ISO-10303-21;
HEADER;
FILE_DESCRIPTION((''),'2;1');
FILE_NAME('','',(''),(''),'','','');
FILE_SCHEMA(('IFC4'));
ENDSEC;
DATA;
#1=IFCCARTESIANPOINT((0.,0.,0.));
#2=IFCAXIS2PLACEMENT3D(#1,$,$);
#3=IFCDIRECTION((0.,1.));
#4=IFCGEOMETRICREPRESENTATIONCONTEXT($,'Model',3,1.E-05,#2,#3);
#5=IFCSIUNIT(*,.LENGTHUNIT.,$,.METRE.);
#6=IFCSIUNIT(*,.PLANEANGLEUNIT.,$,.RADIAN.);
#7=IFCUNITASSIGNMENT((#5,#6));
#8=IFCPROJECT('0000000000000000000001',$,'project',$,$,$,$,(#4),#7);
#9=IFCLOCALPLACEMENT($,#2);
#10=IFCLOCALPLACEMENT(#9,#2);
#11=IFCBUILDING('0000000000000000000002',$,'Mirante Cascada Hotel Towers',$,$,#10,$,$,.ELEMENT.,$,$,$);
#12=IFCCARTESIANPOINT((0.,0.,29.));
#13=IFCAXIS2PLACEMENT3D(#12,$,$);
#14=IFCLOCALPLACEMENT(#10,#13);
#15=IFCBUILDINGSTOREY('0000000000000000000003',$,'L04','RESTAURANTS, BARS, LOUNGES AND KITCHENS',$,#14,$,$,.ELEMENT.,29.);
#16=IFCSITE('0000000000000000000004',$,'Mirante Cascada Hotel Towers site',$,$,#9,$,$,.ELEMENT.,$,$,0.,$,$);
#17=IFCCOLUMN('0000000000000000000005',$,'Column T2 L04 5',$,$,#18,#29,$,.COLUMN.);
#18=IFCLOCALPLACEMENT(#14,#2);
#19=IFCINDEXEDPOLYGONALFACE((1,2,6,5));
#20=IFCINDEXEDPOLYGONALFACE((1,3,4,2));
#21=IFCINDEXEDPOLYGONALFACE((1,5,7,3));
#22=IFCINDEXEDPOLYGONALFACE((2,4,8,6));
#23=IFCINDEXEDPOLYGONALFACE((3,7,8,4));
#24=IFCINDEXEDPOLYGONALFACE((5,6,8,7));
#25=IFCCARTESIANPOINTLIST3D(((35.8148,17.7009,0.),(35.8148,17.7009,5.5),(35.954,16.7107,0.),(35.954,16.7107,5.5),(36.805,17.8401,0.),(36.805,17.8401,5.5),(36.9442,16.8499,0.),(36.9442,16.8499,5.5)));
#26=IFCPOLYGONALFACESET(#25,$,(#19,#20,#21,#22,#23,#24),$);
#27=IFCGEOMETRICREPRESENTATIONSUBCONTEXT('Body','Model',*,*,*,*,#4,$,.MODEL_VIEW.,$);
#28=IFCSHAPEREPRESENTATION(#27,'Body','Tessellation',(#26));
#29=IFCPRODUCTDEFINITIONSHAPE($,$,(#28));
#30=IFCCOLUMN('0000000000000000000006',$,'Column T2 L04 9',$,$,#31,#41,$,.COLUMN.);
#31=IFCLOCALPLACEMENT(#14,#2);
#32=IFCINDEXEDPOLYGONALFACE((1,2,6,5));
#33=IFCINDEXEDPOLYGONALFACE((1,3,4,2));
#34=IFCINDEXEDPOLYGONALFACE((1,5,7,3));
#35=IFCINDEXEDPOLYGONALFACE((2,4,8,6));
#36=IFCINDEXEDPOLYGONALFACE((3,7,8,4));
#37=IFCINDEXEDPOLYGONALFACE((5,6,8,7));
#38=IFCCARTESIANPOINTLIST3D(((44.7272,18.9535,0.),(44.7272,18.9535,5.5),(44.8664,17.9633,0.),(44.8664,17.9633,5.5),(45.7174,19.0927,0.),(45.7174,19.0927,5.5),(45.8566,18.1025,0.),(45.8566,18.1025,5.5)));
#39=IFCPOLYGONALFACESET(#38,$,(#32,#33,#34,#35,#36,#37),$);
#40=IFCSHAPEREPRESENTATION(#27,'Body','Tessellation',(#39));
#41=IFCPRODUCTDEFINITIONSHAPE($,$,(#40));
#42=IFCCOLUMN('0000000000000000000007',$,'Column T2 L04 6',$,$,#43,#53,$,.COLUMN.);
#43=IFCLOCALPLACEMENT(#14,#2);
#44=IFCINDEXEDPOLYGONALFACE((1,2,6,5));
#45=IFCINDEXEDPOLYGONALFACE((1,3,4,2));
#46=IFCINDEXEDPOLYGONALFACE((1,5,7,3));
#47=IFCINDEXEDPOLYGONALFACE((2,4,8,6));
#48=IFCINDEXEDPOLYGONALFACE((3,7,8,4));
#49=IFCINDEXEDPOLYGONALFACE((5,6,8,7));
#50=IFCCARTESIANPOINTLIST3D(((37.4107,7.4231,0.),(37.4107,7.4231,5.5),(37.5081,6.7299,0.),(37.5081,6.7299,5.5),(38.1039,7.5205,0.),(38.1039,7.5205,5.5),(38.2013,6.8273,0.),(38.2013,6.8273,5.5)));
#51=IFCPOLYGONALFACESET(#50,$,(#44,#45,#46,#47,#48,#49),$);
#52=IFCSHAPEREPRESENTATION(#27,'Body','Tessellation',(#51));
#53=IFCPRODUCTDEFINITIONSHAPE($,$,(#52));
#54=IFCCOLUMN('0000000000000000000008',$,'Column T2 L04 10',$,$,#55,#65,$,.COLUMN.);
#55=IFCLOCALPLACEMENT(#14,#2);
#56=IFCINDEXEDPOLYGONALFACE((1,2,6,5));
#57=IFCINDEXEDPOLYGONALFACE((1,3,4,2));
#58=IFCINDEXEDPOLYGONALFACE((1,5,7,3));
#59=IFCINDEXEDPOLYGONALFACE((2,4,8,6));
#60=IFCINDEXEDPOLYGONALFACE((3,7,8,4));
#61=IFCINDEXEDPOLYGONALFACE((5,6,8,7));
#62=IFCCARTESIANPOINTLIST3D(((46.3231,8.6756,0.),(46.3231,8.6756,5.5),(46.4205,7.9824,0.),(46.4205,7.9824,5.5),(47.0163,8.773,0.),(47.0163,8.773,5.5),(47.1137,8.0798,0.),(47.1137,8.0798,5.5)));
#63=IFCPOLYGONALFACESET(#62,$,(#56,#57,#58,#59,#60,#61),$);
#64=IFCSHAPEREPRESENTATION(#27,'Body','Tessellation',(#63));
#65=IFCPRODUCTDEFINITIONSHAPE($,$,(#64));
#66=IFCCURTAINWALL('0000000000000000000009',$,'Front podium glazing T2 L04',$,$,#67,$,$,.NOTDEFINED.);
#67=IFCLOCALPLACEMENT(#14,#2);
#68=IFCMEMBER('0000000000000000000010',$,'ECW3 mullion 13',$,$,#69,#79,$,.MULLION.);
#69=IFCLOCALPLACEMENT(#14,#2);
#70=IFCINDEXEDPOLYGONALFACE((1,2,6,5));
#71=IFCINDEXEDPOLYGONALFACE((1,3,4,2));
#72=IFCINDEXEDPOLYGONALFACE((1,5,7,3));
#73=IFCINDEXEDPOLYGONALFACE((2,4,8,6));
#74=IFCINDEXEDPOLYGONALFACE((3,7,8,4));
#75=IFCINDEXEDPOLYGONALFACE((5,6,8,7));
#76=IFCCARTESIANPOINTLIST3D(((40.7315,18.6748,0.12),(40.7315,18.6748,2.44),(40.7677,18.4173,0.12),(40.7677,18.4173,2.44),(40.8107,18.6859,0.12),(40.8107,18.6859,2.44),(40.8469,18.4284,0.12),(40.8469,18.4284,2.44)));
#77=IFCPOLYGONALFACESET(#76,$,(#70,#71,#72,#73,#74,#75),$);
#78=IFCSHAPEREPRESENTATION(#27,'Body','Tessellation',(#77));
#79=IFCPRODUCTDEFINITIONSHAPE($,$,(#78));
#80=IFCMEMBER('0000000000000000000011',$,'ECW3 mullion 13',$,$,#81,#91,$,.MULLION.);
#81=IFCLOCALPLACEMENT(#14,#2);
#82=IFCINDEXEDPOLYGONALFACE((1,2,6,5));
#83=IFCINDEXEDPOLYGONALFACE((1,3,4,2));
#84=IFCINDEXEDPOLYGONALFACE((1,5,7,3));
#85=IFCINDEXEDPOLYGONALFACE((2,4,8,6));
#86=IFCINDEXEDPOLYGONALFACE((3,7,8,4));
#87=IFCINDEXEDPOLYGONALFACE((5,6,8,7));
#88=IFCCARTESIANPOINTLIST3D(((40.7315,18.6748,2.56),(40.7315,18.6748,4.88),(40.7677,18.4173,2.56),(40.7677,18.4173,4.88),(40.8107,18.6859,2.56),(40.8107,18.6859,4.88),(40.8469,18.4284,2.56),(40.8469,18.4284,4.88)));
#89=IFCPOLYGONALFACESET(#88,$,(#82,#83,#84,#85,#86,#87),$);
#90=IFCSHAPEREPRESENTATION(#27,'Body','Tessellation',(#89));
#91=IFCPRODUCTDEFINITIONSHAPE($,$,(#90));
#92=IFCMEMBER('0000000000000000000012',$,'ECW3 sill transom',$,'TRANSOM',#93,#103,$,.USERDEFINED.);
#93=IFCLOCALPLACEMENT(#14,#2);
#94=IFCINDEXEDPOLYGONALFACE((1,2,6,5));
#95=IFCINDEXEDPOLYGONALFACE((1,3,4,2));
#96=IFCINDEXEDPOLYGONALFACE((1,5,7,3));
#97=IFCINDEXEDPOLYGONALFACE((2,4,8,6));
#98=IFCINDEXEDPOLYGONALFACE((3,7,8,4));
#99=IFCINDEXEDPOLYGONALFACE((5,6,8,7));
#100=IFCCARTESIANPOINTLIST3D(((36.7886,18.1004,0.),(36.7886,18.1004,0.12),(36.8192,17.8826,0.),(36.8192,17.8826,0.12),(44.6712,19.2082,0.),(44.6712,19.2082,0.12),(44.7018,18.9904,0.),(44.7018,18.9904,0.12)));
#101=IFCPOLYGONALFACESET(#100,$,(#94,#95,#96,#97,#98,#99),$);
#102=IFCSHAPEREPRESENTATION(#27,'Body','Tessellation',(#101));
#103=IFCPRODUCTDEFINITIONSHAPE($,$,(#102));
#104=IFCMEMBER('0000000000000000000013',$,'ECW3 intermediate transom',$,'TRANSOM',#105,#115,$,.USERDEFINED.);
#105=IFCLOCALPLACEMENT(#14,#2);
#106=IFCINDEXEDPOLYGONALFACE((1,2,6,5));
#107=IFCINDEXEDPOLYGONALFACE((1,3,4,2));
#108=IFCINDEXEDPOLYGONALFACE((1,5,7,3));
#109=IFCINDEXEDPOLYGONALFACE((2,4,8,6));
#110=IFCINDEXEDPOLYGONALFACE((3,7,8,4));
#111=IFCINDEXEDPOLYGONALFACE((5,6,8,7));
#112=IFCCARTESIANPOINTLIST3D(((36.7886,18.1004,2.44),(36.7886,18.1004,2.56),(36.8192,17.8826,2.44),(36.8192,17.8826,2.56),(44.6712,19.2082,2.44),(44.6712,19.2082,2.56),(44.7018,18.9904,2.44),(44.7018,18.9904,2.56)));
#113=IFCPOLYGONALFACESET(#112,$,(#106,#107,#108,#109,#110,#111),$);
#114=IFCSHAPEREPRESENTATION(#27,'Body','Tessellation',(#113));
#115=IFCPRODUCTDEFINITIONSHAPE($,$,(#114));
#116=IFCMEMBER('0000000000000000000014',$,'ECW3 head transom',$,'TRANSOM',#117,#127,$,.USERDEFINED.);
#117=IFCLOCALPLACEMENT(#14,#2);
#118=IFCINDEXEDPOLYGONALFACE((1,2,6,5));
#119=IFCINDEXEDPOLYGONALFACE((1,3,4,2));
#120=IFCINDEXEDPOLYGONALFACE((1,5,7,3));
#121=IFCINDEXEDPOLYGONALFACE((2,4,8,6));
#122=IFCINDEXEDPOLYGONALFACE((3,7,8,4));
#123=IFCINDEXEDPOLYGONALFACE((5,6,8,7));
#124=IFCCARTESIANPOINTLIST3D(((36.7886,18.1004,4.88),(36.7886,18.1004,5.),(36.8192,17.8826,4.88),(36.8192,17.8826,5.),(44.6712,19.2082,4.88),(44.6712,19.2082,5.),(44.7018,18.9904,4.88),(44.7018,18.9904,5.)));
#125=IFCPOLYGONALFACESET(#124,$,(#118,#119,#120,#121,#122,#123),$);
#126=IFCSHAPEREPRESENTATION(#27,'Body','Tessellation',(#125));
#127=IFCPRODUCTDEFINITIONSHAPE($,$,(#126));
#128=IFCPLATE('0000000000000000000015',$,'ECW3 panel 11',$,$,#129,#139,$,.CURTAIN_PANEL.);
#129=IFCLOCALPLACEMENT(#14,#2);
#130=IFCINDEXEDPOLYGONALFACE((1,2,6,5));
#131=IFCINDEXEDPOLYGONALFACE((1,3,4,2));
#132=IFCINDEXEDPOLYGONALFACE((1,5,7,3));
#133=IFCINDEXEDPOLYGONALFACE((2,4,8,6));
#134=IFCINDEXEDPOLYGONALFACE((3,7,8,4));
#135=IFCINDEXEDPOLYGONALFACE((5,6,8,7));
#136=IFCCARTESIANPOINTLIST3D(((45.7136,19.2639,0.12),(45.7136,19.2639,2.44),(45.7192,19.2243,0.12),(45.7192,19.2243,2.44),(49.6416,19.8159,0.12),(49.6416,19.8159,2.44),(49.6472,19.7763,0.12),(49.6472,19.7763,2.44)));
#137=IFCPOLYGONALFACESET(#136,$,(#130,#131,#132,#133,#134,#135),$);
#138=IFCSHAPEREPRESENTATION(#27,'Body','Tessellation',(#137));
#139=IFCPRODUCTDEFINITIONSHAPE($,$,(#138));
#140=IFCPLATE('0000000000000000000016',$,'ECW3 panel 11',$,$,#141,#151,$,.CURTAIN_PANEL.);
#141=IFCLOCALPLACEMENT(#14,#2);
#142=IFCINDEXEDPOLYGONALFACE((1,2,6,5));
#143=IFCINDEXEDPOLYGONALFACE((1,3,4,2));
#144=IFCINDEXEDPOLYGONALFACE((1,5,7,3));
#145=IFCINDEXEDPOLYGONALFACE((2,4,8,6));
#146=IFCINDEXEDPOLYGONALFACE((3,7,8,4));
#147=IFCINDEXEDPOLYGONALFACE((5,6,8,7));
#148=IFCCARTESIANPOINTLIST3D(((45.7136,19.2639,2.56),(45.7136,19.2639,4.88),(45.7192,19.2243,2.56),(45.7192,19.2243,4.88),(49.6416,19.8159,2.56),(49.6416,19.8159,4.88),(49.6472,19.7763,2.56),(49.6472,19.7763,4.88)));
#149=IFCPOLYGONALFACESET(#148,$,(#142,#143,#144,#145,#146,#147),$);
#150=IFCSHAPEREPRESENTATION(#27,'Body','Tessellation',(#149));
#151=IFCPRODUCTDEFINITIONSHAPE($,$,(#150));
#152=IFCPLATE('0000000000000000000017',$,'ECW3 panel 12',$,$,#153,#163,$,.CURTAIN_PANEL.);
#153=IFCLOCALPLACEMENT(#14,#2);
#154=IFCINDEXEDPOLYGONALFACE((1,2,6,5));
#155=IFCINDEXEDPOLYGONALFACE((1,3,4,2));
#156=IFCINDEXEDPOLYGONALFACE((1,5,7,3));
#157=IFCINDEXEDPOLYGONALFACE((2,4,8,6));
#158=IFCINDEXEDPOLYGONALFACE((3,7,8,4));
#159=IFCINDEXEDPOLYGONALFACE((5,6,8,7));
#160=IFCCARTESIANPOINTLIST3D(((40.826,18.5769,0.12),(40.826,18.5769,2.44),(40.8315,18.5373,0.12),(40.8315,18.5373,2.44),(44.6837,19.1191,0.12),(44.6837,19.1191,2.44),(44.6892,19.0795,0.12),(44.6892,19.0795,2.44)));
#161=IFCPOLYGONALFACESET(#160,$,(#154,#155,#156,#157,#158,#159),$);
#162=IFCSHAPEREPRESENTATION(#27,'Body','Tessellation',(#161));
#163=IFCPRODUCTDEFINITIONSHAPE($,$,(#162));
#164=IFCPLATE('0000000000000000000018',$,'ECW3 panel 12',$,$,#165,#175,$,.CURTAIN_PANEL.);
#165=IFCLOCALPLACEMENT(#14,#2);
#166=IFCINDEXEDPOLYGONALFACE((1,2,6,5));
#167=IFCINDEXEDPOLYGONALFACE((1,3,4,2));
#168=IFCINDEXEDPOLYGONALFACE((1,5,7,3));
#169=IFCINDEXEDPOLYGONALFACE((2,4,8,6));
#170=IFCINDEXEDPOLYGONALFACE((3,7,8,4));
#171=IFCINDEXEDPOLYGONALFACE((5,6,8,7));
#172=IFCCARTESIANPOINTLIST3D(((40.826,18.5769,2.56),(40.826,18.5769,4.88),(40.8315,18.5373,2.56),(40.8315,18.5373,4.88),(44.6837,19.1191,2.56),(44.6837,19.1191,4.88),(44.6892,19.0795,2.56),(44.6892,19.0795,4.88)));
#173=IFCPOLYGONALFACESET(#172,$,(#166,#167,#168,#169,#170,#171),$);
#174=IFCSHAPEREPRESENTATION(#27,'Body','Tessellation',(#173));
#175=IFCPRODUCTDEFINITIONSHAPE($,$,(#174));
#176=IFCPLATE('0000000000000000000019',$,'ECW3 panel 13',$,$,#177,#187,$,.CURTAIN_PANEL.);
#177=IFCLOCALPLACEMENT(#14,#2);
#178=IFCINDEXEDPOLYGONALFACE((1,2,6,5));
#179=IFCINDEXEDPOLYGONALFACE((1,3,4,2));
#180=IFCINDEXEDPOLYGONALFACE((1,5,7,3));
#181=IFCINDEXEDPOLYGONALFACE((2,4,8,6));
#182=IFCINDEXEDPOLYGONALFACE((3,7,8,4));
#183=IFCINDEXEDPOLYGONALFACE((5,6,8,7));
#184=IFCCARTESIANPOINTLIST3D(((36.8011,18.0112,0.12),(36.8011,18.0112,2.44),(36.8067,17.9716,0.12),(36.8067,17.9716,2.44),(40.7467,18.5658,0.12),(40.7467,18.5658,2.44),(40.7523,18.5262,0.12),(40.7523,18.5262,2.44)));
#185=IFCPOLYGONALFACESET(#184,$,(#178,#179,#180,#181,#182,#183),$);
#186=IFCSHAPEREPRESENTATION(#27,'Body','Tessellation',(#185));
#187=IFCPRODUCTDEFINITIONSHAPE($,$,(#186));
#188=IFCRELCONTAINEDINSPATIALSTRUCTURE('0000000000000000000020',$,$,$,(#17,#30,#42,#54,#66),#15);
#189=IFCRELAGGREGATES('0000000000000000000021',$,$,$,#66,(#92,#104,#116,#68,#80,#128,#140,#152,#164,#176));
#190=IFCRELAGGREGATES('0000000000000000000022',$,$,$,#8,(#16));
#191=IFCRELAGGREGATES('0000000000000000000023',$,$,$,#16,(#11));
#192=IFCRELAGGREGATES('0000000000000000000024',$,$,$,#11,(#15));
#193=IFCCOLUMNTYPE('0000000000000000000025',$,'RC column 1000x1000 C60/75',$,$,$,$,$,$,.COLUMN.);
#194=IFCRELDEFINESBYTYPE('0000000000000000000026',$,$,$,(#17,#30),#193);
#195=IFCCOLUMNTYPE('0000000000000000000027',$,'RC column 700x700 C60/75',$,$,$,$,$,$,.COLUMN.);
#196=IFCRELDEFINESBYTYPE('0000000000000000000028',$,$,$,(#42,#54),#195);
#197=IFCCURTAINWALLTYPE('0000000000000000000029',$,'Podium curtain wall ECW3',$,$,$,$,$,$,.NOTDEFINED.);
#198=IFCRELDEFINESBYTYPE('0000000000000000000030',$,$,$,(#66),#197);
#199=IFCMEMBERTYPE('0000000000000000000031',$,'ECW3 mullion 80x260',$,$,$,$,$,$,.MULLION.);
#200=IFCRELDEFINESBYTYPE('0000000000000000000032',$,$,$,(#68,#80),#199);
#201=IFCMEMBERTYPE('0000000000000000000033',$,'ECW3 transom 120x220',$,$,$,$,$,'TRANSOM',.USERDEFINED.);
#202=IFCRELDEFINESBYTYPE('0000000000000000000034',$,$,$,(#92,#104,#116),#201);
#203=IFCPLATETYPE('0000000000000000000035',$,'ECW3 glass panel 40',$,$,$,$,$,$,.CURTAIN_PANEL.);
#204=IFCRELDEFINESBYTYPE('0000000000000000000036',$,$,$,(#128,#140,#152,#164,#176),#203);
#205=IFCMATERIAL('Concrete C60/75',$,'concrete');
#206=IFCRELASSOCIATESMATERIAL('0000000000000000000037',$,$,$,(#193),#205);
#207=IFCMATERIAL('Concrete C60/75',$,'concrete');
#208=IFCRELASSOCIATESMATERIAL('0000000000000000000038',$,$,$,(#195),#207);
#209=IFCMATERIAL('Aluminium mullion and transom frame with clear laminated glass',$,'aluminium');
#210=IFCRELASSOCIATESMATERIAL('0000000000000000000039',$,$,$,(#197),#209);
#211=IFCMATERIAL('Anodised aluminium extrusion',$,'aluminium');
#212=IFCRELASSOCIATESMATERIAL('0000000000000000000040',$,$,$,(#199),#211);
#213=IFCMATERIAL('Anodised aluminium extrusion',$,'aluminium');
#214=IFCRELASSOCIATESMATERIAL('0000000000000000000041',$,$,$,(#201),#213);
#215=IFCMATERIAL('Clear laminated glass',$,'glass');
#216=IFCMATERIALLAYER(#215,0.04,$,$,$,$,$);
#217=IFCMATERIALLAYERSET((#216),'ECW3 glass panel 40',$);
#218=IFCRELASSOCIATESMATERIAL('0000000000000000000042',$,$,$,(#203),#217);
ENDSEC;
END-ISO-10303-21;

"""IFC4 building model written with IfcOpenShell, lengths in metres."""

from ifc_helpers import new_model, si_unit, direction, frame, origin, origin_2d, place, context, subcontext, project, spatial, rectangle, extrude, material, layer, layer_set, material_profile, profile_set, type_object, element, aggregate, save


model = new_model("IFC4")

# Units and contexts
model_context = context("Model", 3, precision=1e-05, world=origin(), true_north=direction((0.0, 1.0)))
body_context = subcontext(model_context, "Body", "Model", "MODEL_VIEW")
ifc_project = project(units=[si_unit("LENGTHUNIT", "METRE"), si_unit("PLANEANGLEUNIT", "RADIAN")], contexts=[model_context])

# Site, building, storey
site_placement = place(None, origin())
site = spatial("IfcSite", under=ifc_project, at=site_placement, Name="Mirante Cascada Hotel Towers site", CompositionType="ELEMENT", RefElevation=0.0)
building_placement = place(site_placement, origin())
building = spatial("IfcBuilding", under=site, at=building_placement, Name="Mirante Cascada Hotel Towers", CompositionType="ELEMENT")
storey_placement = place(building_placement, frame((0.0, 0.0, 29.0)))
storey = spatial("IfcBuildingStorey", under=building, at=storey_placement, Name="L04", Description="RESTAURANTS, BARS, LOUNGES AND KITCHENS", CompositionType="ELEMENT", Elevation=29.0)

# Columns
ifc_material_1 = material(Name="Concrete C60/75", Category="concrete")
ifc_material_profile_1 = material_profile(ifc_material_1, rectangle(XDim=1.0, YDim=1.0, at=origin_2d()), Name="RC column 1000x1000 C60/75")
ifc_profile_set_1 = profile_set([ifc_material_profile_1], Name="Concrete C60/75")
column_type_1 = type_object("IfcColumnType", Name="RC column 1000x1000 C60/75", PredefinedType="COLUMN", material=ifc_profile_set_1)
for number, where, z_axis, x_axis, name in (
    (1, (36.3795, 17.2754, 0.0), (0.0, 0.0, 1.0), (0.990268, 0.139173, 0.0), "Column T2 L04 5"),
    (2, (45.2919, 18.528, 0.0), (0.0, 0.0, 1.0), (0.990268, 0.139173, 0.0), "Column T2 L04 9"),
):
    element("IfcColumn", number, at=place(storey_placement, frame(where, z_axis=z_axis, x_axis=x_axis)), inside=storey, type_object=column_type_1, Name=name, PredefinedType="COLUMN", context=body_context, shape_type="SweptSolid", body=[
        extrude(rectangle(XDim=1.0, YDim=1.0, at=origin_2d()), origin(), (0.0, 0.0, 1.0), 5.5),
    ])
ifc_material_2 = material(Name="Concrete C60/75", Category="concrete")
ifc_material_profile_2 = material_profile(ifc_material_2, rectangle(XDim=0.7, YDim=0.7, at=origin_2d()), Name="RC column 700x700 C60/75")
ifc_profile_set_2 = profile_set([ifc_material_profile_2], Name="Concrete C60/75")
column_type_2 = type_object("IfcColumnType", Name="RC column 700x700 C60/75", PredefinedType="COLUMN", material=ifc_profile_set_2)
for number, where, z_axis, x_axis, name in (
    (3, (37.806, 7.1252, 0.0), (0.0, 0.0, 1.0), (0.990268, 0.139173, 0.0), "Column T2 L04 6"),
    (4, (46.7184, 8.3777, 0.0), (0.0, 0.0, 1.0), (0.990268, 0.139173, 0.0), "Column T2 L04 10"),
):
    element("IfcColumn", number, at=place(storey_placement, frame(where, z_axis=z_axis, x_axis=x_axis)), inside=storey, type_object=column_type_2, Name=name, PredefinedType="COLUMN", context=body_context, shape_type="SweptSolid", body=[
        extrude(rectangle(XDim=0.7, YDim=0.7, at=origin_2d()), origin(), (0.0, 0.0, 1.0), 5.5),
    ])

# Curtain wall, members, plates
ifc_material_3 = material(Name="Aluminium mullion and transom frame with clear laminated glass", Category="aluminium")
curtain_wall_type = type_object("IfcCurtainWallType", Name="Podium curtain wall ECW3", PredefinedType="NOTDEFINED", material=ifc_material_3)
curtain_wall_placement = place(storey_placement, origin())
curtain_wall = element("IfcCurtainWall", 5, at=curtain_wall_placement, inside=storey, type_object=curtain_wall_type, Name="Front podium glazing T2 L04", PredefinedType="NOTDEFINED")
ifc_material_4 = material(Name="Anodised aluminium extrusion", Category="aluminium")
ifc_material_profile_3 = material_profile(ifc_material_4, rectangle(XDim=0.26, YDim=0.08, at=origin_2d()), Name="ECW3 MULLION 80x260")
ifc_profile_set_3 = profile_set([ifc_material_profile_3], Name="Anodised aluminium extrusion")
member_type_1 = type_object("IfcMemberType", Name="ECW3 mullion 80x260", PredefinedType="MULLION", material=ifc_profile_set_3)
member_1_placement = place(storey_placement, frame((40.7892, 18.5516, 0.12), z_axis=(0.0, 0.0, 1.0), x_axis=(0.139173, -0.990268, 0.0)))
member_1 = element("IfcMember", 6, at=member_1_placement, type_object=member_type_1, Name="ECW3 mullion 13", PredefinedType="MULLION", context=body_context, shape_type="SweptSolid", body=[
    extrude(rectangle(XDim=0.26, YDim=0.08, at=origin_2d()), origin(), (0.0, 0.0, 1.0), 2.32),
])
member_2_placement = place(storey_placement, frame((40.7892, 18.5516, 2.56), z_axis=(0.0, 0.0, 1.0), x_axis=(0.139173, -0.990268, 0.0)))
member_2 = element("IfcMember", 7, at=member_2_placement, type_object=member_type_1, Name="ECW3 mullion 13", PredefinedType="MULLION", context=body_context, shape_type="SweptSolid", body=[
    extrude(rectangle(XDim=0.26, YDim=0.08, at=origin_2d()), origin(), (0.0, 0.0, 1.0), 2.32),
])
ifc_material_5 = material(Name="Anodised aluminium extrusion", Category="aluminium")
ifc_material_profile_4 = material_profile(ifc_material_5, rectangle(XDim=0.22, YDim=0.12, at=origin_2d()), Name="ECW3 TRANSOM 120x220")
ifc_profile_set_4 = profile_set([ifc_material_profile_4], Name="Anodised aluminium extrusion")
member_type_2 = type_object("IfcMemberType", Name="ECW3 transom 120x220", ElementType="TRANSOM", PredefinedType="USERDEFINED", material=ifc_profile_set_4)
member_3_placement = place(storey_placement, frame((44.6865, 19.0993, 0.06), z_axis=(-0.990268, -0.13917, 0.0), x_axis=(0.13917, -0.990268, 0.0)))
member_3 = element("IfcMember", 8, at=member_3_placement, type_object=member_type_2, Name="ECW3 sill transom", ObjectType="TRANSOM", PredefinedType="USERDEFINED", context=body_context, shape_type="SweptSolid", body=[
    extrude(rectangle(XDim=0.22, YDim=0.12, at=origin_2d()), origin(), (0.0, 0.0, 1.0), 7.9601),
])
member_4_placement = place(storey_placement, frame((44.6865, 19.0993, 2.5), z_axis=(-0.990268, -0.13917, 0.0), x_axis=(0.13917, -0.990268, 0.0)))
member_4 = element("IfcMember", 9, at=member_4_placement, type_object=member_type_2, Name="ECW3 intermediate transom", ObjectType="TRANSOM", PredefinedType="USERDEFINED", context=body_context, shape_type="SweptSolid", body=[
    extrude(rectangle(XDim=0.22, YDim=0.12, at=origin_2d()), origin(), (0.0, 0.0, 1.0), 7.9601),
])
member_5_placement = place(storey_placement, frame((44.6865, 19.0993, 4.94), z_axis=(-0.990268, -0.13917, 0.0), x_axis=(0.13917, -0.990268, 0.0)))
member_5 = element("IfcMember", 10, at=member_5_placement, type_object=member_type_2, Name="ECW3 head transom", ObjectType="TRANSOM", PredefinedType="USERDEFINED", context=body_context, shape_type="SweptSolid", body=[
    extrude(rectangle(XDim=0.22, YDim=0.12, at=origin_2d()), origin(), (0.0, 0.0, 1.0), 7.9601),
])
ifc_material_6 = material(Name="Clear laminated glass", Category="glass")
ifc_layer_1 = layer(ifc_material_6, 0.04)
ifc_layer_set_1 = layer_set([ifc_layer_1], Name="ECW3 glass panel 40")
plate_type = type_object("IfcPlateType", Name="ECW3 glass panel 40", PredefinedType="CURTAIN_PANEL", material=ifc_layer_set_1)
plate_1_placement = place(storey_placement, frame((47.6804, 19.5201, 0.12), z_axis=(0.0, 0.0, 1.0), x_axis=(-0.990268, -0.139173, 0.0)))
plate_1 = element("IfcPlate", 11, at=plate_1_placement, type_object=plate_type, Name="ECW3 panel 11", PredefinedType="CURTAIN_PANEL", context=body_context, shape_type="SweptSolid", body=[
    extrude(rectangle(XDim=3.9666, YDim=0.04, at=origin_2d()), origin(), (0.0, 0.0, 1.0), 2.32),
])
plate_2_placement = place(storey_placement, frame((47.6804, 19.5201, 2.56), z_axis=(0.0, 0.0, 1.0), x_axis=(-0.990268, -0.139173, 0.0)))
plate_2 = element("IfcPlate", 12, at=plate_2_placement, type_object=plate_type, Name="ECW3 panel 11", PredefinedType="CURTAIN_PANEL", context=body_context, shape_type="SweptSolid", body=[
    extrude(rectangle(XDim=3.9666, YDim=0.04, at=origin_2d()), origin(), (0.0, 0.0, 1.0), 2.32),
])
plate_3_placement = place(storey_placement, frame((42.7576, 18.8282, 0.12), z_axis=(0.0, 0.0, 1.0), x_axis=(-0.990268, -0.139173, 0.0)))
plate_3 = element("IfcPlate", 13, at=plate_3_placement, type_object=plate_type, Name="ECW3 panel 12", PredefinedType="CURTAIN_PANEL", context=body_context, shape_type="SweptSolid", body=[
    extrude(rectangle(XDim=3.8956, YDim=0.04, at=origin_2d()), origin(), (0.0, 0.0, 1.0), 2.32),
])
plate_4_placement = place(storey_placement, frame((42.7576, 18.8282, 2.56), z_axis=(0.0, 0.0, 1.0), x_axis=(-0.990268, -0.139173, 0.0)))
plate_4 = element("IfcPlate", 14, at=plate_4_placement, type_object=plate_type, Name="ECW3 panel 12", PredefinedType="CURTAIN_PANEL", context=body_context, shape_type="SweptSolid", body=[
    extrude(rectangle(XDim=3.8956, YDim=0.04, at=origin_2d()), origin(), (0.0, 0.0, 1.0), 2.32),
])
plate_5_placement = place(storey_placement, frame((38.7767, 18.2687, 0.12), z_axis=(0.0, 0.0, 1.0), x_axis=(-0.990268, -0.139173, 0.0)))
plate_5 = element("IfcPlate", 15, at=plate_5_placement, type_object=plate_type, Name="ECW3 panel 13", PredefinedType="CURTAIN_PANEL", context=body_context, shape_type="SweptSolid", body=[
    extrude(rectangle(XDim=3.9844, YDim=0.04, at=origin_2d()), origin(), (0.0, 0.0, 1.0), 2.32),
])
aggregate(curtain_wall, [member_3, member_4, member_5, member_1, member_2, plate_1, plate_2, plate_3, plate_4, plate_5])

save(model, "model.ifc")
